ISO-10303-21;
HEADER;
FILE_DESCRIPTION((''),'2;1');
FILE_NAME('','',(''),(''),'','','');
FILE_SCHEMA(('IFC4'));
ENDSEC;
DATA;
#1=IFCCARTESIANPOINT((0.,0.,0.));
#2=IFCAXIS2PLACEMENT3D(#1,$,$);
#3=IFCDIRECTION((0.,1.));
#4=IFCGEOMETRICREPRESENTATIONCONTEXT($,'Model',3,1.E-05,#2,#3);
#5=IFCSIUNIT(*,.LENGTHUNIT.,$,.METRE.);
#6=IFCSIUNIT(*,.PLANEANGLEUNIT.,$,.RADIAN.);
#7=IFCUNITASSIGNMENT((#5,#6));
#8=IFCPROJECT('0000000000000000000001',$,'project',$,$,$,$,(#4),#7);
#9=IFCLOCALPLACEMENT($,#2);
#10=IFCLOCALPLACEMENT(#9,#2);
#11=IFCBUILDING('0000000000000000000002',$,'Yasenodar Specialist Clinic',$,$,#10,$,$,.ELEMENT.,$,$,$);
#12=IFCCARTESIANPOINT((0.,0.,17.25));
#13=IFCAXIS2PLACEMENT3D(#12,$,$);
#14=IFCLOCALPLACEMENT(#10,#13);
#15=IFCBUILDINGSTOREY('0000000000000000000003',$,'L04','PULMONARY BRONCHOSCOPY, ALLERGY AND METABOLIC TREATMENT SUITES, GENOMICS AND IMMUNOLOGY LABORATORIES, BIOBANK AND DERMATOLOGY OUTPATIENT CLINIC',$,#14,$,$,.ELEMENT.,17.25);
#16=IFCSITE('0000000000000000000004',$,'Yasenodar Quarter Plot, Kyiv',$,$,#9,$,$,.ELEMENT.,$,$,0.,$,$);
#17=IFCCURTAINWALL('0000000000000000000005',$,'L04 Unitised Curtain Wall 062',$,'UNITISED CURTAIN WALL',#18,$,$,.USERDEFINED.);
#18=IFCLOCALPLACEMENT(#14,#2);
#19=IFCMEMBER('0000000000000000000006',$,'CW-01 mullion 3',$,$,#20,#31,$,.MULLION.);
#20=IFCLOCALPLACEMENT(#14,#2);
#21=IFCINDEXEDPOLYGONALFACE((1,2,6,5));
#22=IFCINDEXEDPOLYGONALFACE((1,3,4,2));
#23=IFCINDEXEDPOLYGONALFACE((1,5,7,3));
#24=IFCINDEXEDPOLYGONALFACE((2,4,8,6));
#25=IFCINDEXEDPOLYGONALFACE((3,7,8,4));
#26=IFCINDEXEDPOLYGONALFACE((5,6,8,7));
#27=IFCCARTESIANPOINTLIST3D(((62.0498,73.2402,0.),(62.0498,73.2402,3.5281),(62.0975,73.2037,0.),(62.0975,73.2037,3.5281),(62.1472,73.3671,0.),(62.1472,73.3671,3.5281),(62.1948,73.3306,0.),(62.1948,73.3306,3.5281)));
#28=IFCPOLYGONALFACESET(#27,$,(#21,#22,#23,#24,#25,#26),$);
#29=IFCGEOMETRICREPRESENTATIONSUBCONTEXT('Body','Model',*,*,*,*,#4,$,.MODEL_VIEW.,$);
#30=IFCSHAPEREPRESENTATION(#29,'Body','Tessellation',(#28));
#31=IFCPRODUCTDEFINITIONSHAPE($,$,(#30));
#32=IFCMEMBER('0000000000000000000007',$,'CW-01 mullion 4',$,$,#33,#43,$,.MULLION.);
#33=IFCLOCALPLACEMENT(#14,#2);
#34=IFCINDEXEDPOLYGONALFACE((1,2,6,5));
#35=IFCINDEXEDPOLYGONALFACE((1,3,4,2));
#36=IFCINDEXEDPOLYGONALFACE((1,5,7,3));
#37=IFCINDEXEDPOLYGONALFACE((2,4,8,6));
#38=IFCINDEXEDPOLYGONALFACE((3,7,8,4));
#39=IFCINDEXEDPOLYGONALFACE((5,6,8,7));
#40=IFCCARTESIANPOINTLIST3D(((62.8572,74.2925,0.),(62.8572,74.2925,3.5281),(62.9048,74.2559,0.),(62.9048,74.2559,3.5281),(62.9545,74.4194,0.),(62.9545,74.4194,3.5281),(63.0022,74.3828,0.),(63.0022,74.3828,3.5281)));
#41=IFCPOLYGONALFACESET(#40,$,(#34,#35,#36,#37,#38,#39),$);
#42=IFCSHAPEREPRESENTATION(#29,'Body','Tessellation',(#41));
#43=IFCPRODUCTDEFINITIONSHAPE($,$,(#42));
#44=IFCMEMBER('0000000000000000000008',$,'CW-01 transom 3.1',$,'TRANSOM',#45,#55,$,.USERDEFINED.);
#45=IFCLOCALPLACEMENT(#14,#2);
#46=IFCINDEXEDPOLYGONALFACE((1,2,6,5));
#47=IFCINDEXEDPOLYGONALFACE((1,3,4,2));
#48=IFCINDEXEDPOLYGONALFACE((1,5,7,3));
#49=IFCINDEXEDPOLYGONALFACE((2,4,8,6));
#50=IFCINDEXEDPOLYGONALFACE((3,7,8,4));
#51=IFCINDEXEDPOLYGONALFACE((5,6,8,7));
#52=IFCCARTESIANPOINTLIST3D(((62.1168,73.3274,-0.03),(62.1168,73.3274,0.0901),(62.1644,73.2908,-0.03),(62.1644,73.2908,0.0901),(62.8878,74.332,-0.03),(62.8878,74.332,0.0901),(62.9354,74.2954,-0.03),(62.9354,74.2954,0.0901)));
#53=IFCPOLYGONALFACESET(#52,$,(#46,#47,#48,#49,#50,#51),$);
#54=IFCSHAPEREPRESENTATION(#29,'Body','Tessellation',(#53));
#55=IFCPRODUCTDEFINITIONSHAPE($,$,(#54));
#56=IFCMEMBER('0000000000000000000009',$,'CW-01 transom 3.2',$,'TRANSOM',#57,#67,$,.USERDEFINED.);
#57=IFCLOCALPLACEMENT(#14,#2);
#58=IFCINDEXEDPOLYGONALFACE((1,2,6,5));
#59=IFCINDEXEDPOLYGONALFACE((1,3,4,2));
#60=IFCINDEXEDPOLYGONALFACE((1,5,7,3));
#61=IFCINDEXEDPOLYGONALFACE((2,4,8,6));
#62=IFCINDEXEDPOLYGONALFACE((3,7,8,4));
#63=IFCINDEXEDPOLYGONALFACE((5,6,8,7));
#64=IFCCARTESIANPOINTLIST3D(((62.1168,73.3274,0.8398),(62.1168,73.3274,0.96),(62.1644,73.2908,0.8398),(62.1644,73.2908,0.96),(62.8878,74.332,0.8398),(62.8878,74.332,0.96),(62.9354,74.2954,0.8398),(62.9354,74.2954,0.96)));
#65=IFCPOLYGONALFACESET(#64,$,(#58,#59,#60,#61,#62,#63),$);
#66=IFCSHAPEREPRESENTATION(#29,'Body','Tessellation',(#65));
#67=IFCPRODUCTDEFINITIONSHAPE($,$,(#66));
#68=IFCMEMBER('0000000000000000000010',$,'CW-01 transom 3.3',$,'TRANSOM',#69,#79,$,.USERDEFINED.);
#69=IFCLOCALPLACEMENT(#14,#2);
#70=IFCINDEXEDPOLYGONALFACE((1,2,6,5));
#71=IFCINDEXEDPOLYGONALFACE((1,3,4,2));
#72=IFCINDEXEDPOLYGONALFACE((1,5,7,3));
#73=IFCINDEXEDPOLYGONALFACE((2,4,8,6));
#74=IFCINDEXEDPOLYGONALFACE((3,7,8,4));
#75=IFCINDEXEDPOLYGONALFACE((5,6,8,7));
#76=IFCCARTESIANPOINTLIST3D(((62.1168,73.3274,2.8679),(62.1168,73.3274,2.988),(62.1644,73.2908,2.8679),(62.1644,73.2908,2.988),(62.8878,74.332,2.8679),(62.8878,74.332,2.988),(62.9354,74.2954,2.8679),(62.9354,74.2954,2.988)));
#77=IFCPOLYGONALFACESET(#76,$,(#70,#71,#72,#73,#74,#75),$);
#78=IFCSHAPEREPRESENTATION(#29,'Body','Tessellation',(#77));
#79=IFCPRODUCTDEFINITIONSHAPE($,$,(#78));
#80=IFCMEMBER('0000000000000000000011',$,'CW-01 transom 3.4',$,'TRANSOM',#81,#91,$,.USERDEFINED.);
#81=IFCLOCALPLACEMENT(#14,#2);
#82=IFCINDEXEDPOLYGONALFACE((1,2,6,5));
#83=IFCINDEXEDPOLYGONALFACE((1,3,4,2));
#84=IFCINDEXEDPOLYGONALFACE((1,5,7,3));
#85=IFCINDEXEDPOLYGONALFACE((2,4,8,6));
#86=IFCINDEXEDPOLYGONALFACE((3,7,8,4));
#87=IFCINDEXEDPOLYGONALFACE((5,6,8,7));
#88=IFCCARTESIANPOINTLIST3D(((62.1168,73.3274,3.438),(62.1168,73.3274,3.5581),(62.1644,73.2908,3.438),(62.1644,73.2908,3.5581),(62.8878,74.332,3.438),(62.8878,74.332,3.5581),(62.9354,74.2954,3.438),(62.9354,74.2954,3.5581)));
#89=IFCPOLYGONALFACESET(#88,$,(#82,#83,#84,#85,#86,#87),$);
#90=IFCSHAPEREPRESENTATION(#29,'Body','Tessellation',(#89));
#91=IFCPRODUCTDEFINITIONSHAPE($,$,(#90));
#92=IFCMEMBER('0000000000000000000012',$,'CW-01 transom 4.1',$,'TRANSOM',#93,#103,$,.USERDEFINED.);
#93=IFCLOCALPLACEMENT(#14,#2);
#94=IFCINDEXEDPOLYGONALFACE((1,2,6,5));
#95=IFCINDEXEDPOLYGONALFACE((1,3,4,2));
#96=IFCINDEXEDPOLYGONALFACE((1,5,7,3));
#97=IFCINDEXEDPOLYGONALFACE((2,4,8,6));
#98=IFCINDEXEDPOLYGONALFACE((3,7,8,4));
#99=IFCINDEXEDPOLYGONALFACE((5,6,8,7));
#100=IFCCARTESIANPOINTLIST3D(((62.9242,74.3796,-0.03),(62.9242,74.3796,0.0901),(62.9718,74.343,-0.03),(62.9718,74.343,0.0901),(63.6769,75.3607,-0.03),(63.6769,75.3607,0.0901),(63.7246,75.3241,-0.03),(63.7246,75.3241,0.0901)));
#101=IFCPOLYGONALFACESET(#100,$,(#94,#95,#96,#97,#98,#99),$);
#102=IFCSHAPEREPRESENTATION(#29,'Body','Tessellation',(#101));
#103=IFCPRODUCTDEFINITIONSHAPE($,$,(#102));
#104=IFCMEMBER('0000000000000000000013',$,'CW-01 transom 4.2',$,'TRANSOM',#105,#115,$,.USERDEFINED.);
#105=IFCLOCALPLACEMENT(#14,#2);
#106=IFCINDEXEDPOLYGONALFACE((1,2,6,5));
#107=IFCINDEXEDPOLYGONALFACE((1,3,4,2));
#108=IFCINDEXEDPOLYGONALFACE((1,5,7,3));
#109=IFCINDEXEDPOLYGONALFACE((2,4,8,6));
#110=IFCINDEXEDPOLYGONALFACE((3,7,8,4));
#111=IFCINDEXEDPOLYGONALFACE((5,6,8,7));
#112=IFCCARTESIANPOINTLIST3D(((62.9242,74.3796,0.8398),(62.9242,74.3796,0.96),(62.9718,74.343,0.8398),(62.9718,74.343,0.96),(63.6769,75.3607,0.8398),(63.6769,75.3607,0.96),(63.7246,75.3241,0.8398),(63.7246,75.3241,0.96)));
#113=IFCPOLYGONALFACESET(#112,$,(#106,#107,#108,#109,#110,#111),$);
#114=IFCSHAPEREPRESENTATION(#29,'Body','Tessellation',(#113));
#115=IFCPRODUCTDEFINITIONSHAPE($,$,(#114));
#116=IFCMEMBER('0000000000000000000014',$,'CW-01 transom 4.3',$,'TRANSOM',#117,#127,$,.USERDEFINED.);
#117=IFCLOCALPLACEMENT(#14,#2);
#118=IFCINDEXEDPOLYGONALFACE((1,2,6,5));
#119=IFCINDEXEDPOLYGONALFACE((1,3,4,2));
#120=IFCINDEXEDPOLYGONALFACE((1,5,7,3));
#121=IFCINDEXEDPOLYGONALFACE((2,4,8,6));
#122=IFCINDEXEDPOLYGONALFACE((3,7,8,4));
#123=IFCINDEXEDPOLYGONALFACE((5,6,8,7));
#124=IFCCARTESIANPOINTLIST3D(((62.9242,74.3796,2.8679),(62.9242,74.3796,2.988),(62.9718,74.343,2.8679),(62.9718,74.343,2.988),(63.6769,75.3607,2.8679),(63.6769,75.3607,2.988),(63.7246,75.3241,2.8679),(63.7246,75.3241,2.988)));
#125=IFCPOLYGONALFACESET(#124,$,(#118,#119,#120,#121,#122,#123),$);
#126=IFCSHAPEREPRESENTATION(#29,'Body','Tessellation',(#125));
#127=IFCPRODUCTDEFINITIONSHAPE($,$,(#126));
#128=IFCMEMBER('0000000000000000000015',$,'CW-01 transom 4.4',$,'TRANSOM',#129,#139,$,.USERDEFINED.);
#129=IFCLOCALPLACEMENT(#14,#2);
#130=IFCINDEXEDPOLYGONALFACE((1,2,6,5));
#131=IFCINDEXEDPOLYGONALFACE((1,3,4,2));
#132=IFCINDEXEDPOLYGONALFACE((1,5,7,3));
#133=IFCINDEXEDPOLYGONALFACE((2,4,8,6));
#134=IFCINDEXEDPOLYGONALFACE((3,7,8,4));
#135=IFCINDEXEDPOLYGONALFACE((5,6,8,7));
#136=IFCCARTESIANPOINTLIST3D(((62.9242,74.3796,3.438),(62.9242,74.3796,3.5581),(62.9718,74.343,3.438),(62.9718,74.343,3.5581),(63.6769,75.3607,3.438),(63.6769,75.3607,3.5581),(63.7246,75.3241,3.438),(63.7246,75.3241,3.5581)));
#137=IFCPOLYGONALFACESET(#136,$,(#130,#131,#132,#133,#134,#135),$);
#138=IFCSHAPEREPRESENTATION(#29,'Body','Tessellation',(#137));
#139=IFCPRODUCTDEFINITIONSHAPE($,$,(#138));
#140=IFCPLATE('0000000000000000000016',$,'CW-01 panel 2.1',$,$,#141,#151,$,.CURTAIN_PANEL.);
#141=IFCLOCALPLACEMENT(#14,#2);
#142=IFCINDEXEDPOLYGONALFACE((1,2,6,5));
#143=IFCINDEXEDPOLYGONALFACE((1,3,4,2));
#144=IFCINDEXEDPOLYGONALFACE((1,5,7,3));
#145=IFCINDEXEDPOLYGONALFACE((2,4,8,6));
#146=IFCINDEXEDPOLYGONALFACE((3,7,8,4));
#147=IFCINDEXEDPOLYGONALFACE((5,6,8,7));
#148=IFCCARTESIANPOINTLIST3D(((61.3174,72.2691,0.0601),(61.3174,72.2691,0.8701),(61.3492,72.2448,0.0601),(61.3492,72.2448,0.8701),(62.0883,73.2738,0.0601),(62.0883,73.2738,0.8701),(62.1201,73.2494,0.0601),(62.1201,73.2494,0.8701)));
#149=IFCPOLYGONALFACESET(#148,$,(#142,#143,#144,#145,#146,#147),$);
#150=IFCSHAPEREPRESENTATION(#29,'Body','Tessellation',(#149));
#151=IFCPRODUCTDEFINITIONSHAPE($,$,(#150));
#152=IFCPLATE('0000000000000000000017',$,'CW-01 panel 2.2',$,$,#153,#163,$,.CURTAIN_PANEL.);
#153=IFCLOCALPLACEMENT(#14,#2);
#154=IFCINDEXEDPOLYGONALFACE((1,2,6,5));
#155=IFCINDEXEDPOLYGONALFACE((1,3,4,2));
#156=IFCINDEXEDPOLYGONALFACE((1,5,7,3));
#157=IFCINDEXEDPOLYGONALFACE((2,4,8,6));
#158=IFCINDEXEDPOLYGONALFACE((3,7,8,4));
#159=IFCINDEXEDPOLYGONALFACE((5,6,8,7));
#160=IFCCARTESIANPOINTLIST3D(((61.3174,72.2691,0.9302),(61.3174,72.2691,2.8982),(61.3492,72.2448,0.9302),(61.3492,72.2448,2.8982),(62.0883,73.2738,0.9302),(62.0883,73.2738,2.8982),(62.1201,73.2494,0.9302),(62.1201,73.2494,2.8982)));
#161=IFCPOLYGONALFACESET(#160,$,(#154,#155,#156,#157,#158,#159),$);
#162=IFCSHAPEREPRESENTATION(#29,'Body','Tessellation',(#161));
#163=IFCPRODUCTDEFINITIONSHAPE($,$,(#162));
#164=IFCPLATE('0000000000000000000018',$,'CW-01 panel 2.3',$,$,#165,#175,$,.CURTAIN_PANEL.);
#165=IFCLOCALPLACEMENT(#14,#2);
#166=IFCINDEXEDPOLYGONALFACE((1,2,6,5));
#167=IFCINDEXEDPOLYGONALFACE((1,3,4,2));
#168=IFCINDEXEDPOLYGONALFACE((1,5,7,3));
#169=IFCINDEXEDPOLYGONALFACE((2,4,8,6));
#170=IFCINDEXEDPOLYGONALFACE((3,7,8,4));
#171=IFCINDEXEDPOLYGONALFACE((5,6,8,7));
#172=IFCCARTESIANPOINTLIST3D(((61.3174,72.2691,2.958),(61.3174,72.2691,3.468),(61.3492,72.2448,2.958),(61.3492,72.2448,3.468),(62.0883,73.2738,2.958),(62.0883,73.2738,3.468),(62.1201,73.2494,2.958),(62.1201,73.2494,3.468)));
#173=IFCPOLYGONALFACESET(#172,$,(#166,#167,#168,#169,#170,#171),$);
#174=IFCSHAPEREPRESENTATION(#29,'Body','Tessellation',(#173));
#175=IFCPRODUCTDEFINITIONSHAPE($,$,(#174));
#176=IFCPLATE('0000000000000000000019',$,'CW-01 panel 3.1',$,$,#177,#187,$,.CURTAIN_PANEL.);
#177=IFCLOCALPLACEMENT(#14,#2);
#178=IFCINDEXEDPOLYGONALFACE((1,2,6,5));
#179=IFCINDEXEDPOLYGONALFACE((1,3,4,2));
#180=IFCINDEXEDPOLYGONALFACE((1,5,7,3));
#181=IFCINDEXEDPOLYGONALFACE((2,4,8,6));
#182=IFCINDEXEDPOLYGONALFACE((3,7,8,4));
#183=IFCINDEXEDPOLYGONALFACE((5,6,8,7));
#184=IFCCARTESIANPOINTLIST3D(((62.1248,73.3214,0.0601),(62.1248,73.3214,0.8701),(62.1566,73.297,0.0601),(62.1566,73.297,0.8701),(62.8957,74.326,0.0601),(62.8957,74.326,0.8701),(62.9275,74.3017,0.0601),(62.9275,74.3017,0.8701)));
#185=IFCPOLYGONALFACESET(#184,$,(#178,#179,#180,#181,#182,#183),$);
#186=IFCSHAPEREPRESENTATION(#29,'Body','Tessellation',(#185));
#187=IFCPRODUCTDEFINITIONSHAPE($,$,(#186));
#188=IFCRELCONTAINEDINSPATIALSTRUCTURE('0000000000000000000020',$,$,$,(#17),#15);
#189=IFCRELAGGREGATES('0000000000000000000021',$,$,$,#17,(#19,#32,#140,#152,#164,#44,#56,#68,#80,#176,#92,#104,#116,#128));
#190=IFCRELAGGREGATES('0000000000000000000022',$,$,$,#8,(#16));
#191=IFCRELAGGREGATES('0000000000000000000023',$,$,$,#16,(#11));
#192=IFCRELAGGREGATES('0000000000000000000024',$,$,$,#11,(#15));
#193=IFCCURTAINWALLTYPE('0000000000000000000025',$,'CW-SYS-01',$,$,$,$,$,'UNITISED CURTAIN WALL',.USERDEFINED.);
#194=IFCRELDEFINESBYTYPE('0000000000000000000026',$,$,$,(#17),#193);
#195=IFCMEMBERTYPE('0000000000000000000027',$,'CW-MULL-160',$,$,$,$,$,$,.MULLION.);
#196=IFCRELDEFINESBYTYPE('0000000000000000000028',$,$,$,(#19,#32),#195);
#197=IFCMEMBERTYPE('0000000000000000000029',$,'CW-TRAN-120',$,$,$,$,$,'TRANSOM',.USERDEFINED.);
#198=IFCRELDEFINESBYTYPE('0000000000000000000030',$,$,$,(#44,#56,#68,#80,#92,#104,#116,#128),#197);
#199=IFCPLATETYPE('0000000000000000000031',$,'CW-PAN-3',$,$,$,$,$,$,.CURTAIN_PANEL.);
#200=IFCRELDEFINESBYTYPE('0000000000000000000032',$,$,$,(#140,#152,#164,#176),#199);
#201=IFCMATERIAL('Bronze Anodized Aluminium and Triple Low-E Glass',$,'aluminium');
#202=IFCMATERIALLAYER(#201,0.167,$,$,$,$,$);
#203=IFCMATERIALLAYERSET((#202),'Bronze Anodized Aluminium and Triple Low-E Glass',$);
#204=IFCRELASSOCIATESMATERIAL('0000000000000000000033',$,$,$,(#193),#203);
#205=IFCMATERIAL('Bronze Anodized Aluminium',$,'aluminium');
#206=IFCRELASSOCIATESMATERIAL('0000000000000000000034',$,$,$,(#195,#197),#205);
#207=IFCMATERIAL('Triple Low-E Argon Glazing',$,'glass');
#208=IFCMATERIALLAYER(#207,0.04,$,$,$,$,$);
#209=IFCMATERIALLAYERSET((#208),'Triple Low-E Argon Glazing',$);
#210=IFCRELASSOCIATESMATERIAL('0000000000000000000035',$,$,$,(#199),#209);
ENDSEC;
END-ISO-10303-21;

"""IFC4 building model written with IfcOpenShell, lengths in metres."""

from ifc_helpers import new_model, si_unit, direction, frame, origin, origin_2d, place, context, subcontext, project, spatial, rectangle, extrude, material, layer, layer_set, material_profile, profile_set, type_object, element, aggregate, save


model = new_model("IFC4")

# Units and contexts
model_context = context("Model", 3, precision=1e-05, world=origin(), true_north=direction((0.0, 1.0)))
body_context = subcontext(model_context, "Body", "Model", "MODEL_VIEW")
ifc_project = project(units=[si_unit("LENGTHUNIT", "METRE"), si_unit("PLANEANGLEUNIT", "RADIAN")], contexts=[model_context])

# Site, building, storey
site_placement = place(None, origin())
site = spatial("IfcSite", under=ifc_project, at=site_placement, Name="Yasenodar Quarter Plot, Kyiv", CompositionType="ELEMENT", RefElevation=0.0)
building_placement = place(site_placement, origin())
building = spatial("IfcBuilding", under=site, at=building_placement, Name="Yasenodar Specialist Clinic", CompositionType="ELEMENT")
storey_placement = place(building_placement, frame((0.0, 0.0, 17.25)))
storey = spatial("IfcBuildingStorey", under=building, at=storey_placement, Name="L04", Description="PULMONARY BRONCHOSCOPY, ALLERGY AND METABOLIC TREATMENT SUITES, GENOMICS AND IMMUNOLOGY LABORATORIES, BIOBANK AND DERMATOLOGY OUTPATIENT CLINIC", CompositionType="ELEMENT", Elevation=17.25)

# Curtain wall, members, plates
ifc_material_1 = material(Name="Bronze Anodized Aluminium and Triple Low-E Glass", Category="aluminium")
ifc_layer_1 = layer(ifc_material_1, 0.167)
ifc_layer_set_1 = layer_set([ifc_layer_1], Name="Bronze Anodized Aluminium and Triple Low-E Glass")
curtain_wall_type = type_object("IfcCurtainWallType", Name="CW-SYS-01", ElementType="UNITISED CURTAIN WALL", PredefinedType="USERDEFINED", material=ifc_layer_set_1)
curtain_wall_placement = place(storey_placement, origin())
curtain_wall = element("IfcCurtainWall", 1, at=curtain_wall_placement, inside=storey, type_object=curtain_wall_type, Name="L04 Unitised Curtain Wall 062", ObjectType="UNITISED CURTAIN WALL", PredefinedType="USERDEFINED")
ifc_material_2 = material(Name="Bronze Anodized Aluminium", Category="aluminium")
ifc_material_profile_1 = material_profile(ifc_material_2, rectangle(XDim=0.0601, YDim=0.1599, at=origin_2d()), Name="CW-MULL 60x160")
ifc_profile_set_1 = profile_set([ifc_material_profile_1], Name="Bronze Anodized Aluminium")
member_type_1 = type_object("IfcMemberType", Name="CW-MULL-160", PredefinedType="MULLION", material=ifc_profile_set_1)
member_1_placement = place(storey_placement, frame((62.1223, 73.2854, 0.0), z_axis=(0.0, 0.0, 1.0), x_axis=(-0.793361, 0.608752, 0.0)))
member_1 = element("IfcMember", 2, at=member_1_placement, type_object=member_type_1, Name="CW-01 mullion 3", PredefinedType="MULLION", context=body_context, shape_type="SweptSolid", body=[
    extrude(rectangle(XDim=0.0601, YDim=0.1599, at=origin_2d()), origin(), (0.0, 0.0, 1.0), 3.5281),
])
member_2_placement = place(storey_placement, frame((62.9297, 74.3376, 0.0), z_axis=(0.0, 0.0, 1.0), x_axis=(-0.793361, 0.608752, 0.0)))
member_2 = element("IfcMember", 3, at=member_2_placement, type_object=member_type_1, Name="CW-01 mullion 4", PredefinedType="MULLION", context=body_context, shape_type="SweptSolid", body=[
    extrude(rectangle(XDim=0.0601, YDim=0.1599, at=origin_2d()), origin(), (0.0, 0.0, 1.0), 3.5281),
])
ifc_material_profile_2 = material_profile(ifc_material_2, rectangle(XDim=0.0601, YDim=0.1201, at=origin_2d()), Name="CW-TRAN 60x120")
ifc_profile_set_2 = profile_set([ifc_material_profile_2], Name="Bronze Anodized Aluminium")
member_type_2 = type_object("IfcMemberType", Name="CW-TRAN-120", ElementType="TRANSOM", PredefinedType="USERDEFINED", material=ifc_profile_set_2)
member_3_placement = place(storey_placement, frame((62.1406, 73.3091, 0.03), z_axis=(0.608816, 0.793311, 0.0), x_axis=(-0.793311, 0.608816, 0.0)))
member_3 = element("IfcMember", 4, at=member_3_placement, type_object=member_type_2, Name="CW-01 transom 3.1", ObjectType="TRANSOM", PredefinedType="USERDEFINED", context=body_context, shape_type="SweptSolid", body=[
    extrude(rectangle(XDim=0.0601, YDim=0.1201, at=origin_2d()), origin(), (0.0, 0.0, 1.0), 1.2664),
])
member_4_placement = place(storey_placement, frame((62.1406, 73.3091, 0.8999), z_axis=(0.608816, 0.793311, 0.0), x_axis=(-0.793311, 0.608816, 0.0)))
member_4 = element("IfcMember", 5, at=member_4_placement, type_object=member_type_2, Name="CW-01 transom 3.2", ObjectType="TRANSOM", PredefinedType="USERDEFINED", context=body_context, shape_type="SweptSolid", body=[
    extrude(rectangle(XDim=0.0601, YDim=0.1201, at=origin_2d()), origin(), (0.0, 0.0, 1.0), 1.2664),
])
member_5_placement = place(storey_placement, frame((62.1406, 73.3091, 2.928), z_axis=(0.608816, 0.793311, 0.0), x_axis=(-0.793311, 0.608816, 0.0)))
member_5 = element("IfcMember", 6, at=member_5_placement, type_object=member_type_2, Name="CW-01 transom 3.3", ObjectType="TRANSOM", PredefinedType="USERDEFINED", context=body_context, shape_type="SweptSolid", body=[
    extrude(rectangle(XDim=0.0601, YDim=0.1201, at=origin_2d()), origin(), (0.0, 0.0, 1.0), 1.2664),
])
member_6_placement = place(storey_placement, frame((62.1406, 73.3091, 3.498), z_axis=(0.608816, 0.793311, 0.0), x_axis=(-0.793311, 0.608816, 0.0)))
member_6 = element("IfcMember", 7, at=member_6_placement, type_object=member_type_2, Name="CW-01 transom 3.4", ObjectType="TRANSOM", PredefinedType="USERDEFINED", context=body_context, shape_type="SweptSolid", body=[
    extrude(rectangle(XDim=0.0601, YDim=0.1201, at=origin_2d()), origin(), (0.0, 0.0, 1.0), 1.2664),
])
member_7_placement = place(storey_placement, frame((62.948, 74.3613, 0.03), z_axis=(0.608747, 0.793365, 0.0), x_axis=(-0.793365, 0.608747, 0.0)))
member_7 = element("IfcMember", 8, at=member_7_placement, type_object=member_type_2, Name="CW-01 transom 4.1", ObjectType="TRANSOM", PredefinedType="USERDEFINED", context=body_context, shape_type="SweptSolid", body=[
    extrude(rectangle(XDim=0.0601, YDim=0.1201, at=origin_2d()), origin(), (0.0, 0.0, 1.0), 1.2366),
])
member_8_placement = place(storey_placement, frame((62.948, 74.3613, 0.8999), z_axis=(0.608747, 0.793365, 0.0), x_axis=(-0.793365, 0.608747, 0.0)))
member_8 = element("IfcMember", 9, at=member_8_placement, type_object=member_type_2, Name="CW-01 transom 4.2", ObjectType="TRANSOM", PredefinedType="USERDEFINED", context=body_context, shape_type="SweptSolid", body=[
    extrude(rectangle(XDim=0.0601, YDim=0.1201, at=origin_2d()), origin(), (0.0, 0.0, 1.0), 1.2366),
])
member_9_placement = place(storey_placement, frame((62.948, 74.3613, 2.928), z_axis=(0.608747, 0.793365, 0.0), x_axis=(-0.793365, 0.608747, 0.0)))
member_9 = element("IfcMember", 10, at=member_9_placement, type_object=member_type_2, Name="CW-01 transom 4.3", ObjectType="TRANSOM", PredefinedType="USERDEFINED", context=body_context, shape_type="SweptSolid", body=[
    extrude(rectangle(XDim=0.0601, YDim=0.1201, at=origin_2d()), origin(), (0.0, 0.0, 1.0), 1.2366),
])
member_10_placement = place(storey_placement, frame((62.948, 74.3613, 3.498), z_axis=(0.608747, 0.793365, 0.0), x_axis=(-0.793365, 0.608747, 0.0)))
member_10 = element("IfcMember", 11, at=member_10_placement, type_object=member_type_2, Name="CW-01 transom 4.4", ObjectType="TRANSOM", PredefinedType="USERDEFINED", context=body_context, shape_type="SweptSolid", body=[
    extrude(rectangle(XDim=0.0601, YDim=0.1201, at=origin_2d()), origin(), (0.0, 0.0, 1.0), 1.2366),
])
ifc_material_3 = material(Name="Triple Low-E Argon Glazing", Category="glass")
ifc_layer_2 = layer(ifc_material_3, 0.04)
ifc_layer_set_2 = layer_set([ifc_layer_2], Name="Triple Low-E Argon Glazing")
plate_type_1 = type_object("IfcPlateType", Name="CW-PAN-3", PredefinedType="CURTAIN_PANEL", material=ifc_layer_set_2)
plate_1_placement = place(storey_placement, frame((61.7188, 72.7593, 0.0601), z_axis=(0.0, 0.0, 1.0), x_axis=(0.608752, 0.793361, 0.0)))
plate_1 = element("IfcPlate", 12, at=plate_1_placement, type_object=plate_type_1, Name="CW-01 panel 2.1", PredefinedType="CURTAIN_PANEL", context=body_context, shape_type="SweptSolid", body=[
    extrude(rectangle(XDim=1.2664, YDim=0.04, at=origin_2d()), origin(), (0.0, 0.0, 1.0), 0.8101),
])
plate_2_placement = place(storey_placement, frame((61.7188, 72.7593, 0.9302), z_axis=(0.0, 0.0, 1.0), x_axis=(0.608752, 0.793361, 0.0)))
plate_2 = element("IfcPlate", 13, at=plate_2_placement, type_object=plate_type_1, Name="CW-01 panel 2.2", PredefinedType="CURTAIN_PANEL", context=body_context, shape_type="SweptSolid", body=[
    extrude(rectangle(XDim=1.2664, YDim=0.04, at=origin_2d()), origin(), (0.0, 0.0, 1.0), 1.968),
])
plate_3_placement = place(storey_placement, frame((61.7188, 72.7593, 2.958), z_axis=(0.0, 0.0, 1.0), x_axis=(0.608752, 0.793361, 0.0)))
plate_3 = element("IfcPlate", 14, at=plate_3_placement, type_object=plate_type_1, Name="CW-01 panel 2.3", PredefinedType="CURTAIN_PANEL", context=body_context, shape_type="SweptSolid", body=[
    extrude(rectangle(XDim=1.2664, YDim=0.04, at=origin_2d()), origin(), (0.0, 0.0, 1.0), 0.51),
])
plate_4_placement = place(storey_placement, frame((62.5261, 73.8115, 0.0601), z_axis=(0.0, 0.0, 1.0), x_axis=(0.608752, 0.793361, 0.0)))
plate_4 = element("IfcPlate", 15, at=plate_4_placement, type_object=plate_type_1, Name="CW-01 panel 3.1", PredefinedType="CURTAIN_PANEL", context=body_context, shape_type="SweptSolid", body=[
    extrude(rectangle(XDim=1.2664, YDim=0.04, at=origin_2d()), origin(), (0.0, 0.0, 1.0), 0.8101),
])
aggregate(curtain_wall, [member_1, member_2, plate_1, plate_2, plate_3, member_3, member_4, member_5, member_6, plate_4, member_7, member_8, member_9, member_10])

save(model, "model.ifc")
